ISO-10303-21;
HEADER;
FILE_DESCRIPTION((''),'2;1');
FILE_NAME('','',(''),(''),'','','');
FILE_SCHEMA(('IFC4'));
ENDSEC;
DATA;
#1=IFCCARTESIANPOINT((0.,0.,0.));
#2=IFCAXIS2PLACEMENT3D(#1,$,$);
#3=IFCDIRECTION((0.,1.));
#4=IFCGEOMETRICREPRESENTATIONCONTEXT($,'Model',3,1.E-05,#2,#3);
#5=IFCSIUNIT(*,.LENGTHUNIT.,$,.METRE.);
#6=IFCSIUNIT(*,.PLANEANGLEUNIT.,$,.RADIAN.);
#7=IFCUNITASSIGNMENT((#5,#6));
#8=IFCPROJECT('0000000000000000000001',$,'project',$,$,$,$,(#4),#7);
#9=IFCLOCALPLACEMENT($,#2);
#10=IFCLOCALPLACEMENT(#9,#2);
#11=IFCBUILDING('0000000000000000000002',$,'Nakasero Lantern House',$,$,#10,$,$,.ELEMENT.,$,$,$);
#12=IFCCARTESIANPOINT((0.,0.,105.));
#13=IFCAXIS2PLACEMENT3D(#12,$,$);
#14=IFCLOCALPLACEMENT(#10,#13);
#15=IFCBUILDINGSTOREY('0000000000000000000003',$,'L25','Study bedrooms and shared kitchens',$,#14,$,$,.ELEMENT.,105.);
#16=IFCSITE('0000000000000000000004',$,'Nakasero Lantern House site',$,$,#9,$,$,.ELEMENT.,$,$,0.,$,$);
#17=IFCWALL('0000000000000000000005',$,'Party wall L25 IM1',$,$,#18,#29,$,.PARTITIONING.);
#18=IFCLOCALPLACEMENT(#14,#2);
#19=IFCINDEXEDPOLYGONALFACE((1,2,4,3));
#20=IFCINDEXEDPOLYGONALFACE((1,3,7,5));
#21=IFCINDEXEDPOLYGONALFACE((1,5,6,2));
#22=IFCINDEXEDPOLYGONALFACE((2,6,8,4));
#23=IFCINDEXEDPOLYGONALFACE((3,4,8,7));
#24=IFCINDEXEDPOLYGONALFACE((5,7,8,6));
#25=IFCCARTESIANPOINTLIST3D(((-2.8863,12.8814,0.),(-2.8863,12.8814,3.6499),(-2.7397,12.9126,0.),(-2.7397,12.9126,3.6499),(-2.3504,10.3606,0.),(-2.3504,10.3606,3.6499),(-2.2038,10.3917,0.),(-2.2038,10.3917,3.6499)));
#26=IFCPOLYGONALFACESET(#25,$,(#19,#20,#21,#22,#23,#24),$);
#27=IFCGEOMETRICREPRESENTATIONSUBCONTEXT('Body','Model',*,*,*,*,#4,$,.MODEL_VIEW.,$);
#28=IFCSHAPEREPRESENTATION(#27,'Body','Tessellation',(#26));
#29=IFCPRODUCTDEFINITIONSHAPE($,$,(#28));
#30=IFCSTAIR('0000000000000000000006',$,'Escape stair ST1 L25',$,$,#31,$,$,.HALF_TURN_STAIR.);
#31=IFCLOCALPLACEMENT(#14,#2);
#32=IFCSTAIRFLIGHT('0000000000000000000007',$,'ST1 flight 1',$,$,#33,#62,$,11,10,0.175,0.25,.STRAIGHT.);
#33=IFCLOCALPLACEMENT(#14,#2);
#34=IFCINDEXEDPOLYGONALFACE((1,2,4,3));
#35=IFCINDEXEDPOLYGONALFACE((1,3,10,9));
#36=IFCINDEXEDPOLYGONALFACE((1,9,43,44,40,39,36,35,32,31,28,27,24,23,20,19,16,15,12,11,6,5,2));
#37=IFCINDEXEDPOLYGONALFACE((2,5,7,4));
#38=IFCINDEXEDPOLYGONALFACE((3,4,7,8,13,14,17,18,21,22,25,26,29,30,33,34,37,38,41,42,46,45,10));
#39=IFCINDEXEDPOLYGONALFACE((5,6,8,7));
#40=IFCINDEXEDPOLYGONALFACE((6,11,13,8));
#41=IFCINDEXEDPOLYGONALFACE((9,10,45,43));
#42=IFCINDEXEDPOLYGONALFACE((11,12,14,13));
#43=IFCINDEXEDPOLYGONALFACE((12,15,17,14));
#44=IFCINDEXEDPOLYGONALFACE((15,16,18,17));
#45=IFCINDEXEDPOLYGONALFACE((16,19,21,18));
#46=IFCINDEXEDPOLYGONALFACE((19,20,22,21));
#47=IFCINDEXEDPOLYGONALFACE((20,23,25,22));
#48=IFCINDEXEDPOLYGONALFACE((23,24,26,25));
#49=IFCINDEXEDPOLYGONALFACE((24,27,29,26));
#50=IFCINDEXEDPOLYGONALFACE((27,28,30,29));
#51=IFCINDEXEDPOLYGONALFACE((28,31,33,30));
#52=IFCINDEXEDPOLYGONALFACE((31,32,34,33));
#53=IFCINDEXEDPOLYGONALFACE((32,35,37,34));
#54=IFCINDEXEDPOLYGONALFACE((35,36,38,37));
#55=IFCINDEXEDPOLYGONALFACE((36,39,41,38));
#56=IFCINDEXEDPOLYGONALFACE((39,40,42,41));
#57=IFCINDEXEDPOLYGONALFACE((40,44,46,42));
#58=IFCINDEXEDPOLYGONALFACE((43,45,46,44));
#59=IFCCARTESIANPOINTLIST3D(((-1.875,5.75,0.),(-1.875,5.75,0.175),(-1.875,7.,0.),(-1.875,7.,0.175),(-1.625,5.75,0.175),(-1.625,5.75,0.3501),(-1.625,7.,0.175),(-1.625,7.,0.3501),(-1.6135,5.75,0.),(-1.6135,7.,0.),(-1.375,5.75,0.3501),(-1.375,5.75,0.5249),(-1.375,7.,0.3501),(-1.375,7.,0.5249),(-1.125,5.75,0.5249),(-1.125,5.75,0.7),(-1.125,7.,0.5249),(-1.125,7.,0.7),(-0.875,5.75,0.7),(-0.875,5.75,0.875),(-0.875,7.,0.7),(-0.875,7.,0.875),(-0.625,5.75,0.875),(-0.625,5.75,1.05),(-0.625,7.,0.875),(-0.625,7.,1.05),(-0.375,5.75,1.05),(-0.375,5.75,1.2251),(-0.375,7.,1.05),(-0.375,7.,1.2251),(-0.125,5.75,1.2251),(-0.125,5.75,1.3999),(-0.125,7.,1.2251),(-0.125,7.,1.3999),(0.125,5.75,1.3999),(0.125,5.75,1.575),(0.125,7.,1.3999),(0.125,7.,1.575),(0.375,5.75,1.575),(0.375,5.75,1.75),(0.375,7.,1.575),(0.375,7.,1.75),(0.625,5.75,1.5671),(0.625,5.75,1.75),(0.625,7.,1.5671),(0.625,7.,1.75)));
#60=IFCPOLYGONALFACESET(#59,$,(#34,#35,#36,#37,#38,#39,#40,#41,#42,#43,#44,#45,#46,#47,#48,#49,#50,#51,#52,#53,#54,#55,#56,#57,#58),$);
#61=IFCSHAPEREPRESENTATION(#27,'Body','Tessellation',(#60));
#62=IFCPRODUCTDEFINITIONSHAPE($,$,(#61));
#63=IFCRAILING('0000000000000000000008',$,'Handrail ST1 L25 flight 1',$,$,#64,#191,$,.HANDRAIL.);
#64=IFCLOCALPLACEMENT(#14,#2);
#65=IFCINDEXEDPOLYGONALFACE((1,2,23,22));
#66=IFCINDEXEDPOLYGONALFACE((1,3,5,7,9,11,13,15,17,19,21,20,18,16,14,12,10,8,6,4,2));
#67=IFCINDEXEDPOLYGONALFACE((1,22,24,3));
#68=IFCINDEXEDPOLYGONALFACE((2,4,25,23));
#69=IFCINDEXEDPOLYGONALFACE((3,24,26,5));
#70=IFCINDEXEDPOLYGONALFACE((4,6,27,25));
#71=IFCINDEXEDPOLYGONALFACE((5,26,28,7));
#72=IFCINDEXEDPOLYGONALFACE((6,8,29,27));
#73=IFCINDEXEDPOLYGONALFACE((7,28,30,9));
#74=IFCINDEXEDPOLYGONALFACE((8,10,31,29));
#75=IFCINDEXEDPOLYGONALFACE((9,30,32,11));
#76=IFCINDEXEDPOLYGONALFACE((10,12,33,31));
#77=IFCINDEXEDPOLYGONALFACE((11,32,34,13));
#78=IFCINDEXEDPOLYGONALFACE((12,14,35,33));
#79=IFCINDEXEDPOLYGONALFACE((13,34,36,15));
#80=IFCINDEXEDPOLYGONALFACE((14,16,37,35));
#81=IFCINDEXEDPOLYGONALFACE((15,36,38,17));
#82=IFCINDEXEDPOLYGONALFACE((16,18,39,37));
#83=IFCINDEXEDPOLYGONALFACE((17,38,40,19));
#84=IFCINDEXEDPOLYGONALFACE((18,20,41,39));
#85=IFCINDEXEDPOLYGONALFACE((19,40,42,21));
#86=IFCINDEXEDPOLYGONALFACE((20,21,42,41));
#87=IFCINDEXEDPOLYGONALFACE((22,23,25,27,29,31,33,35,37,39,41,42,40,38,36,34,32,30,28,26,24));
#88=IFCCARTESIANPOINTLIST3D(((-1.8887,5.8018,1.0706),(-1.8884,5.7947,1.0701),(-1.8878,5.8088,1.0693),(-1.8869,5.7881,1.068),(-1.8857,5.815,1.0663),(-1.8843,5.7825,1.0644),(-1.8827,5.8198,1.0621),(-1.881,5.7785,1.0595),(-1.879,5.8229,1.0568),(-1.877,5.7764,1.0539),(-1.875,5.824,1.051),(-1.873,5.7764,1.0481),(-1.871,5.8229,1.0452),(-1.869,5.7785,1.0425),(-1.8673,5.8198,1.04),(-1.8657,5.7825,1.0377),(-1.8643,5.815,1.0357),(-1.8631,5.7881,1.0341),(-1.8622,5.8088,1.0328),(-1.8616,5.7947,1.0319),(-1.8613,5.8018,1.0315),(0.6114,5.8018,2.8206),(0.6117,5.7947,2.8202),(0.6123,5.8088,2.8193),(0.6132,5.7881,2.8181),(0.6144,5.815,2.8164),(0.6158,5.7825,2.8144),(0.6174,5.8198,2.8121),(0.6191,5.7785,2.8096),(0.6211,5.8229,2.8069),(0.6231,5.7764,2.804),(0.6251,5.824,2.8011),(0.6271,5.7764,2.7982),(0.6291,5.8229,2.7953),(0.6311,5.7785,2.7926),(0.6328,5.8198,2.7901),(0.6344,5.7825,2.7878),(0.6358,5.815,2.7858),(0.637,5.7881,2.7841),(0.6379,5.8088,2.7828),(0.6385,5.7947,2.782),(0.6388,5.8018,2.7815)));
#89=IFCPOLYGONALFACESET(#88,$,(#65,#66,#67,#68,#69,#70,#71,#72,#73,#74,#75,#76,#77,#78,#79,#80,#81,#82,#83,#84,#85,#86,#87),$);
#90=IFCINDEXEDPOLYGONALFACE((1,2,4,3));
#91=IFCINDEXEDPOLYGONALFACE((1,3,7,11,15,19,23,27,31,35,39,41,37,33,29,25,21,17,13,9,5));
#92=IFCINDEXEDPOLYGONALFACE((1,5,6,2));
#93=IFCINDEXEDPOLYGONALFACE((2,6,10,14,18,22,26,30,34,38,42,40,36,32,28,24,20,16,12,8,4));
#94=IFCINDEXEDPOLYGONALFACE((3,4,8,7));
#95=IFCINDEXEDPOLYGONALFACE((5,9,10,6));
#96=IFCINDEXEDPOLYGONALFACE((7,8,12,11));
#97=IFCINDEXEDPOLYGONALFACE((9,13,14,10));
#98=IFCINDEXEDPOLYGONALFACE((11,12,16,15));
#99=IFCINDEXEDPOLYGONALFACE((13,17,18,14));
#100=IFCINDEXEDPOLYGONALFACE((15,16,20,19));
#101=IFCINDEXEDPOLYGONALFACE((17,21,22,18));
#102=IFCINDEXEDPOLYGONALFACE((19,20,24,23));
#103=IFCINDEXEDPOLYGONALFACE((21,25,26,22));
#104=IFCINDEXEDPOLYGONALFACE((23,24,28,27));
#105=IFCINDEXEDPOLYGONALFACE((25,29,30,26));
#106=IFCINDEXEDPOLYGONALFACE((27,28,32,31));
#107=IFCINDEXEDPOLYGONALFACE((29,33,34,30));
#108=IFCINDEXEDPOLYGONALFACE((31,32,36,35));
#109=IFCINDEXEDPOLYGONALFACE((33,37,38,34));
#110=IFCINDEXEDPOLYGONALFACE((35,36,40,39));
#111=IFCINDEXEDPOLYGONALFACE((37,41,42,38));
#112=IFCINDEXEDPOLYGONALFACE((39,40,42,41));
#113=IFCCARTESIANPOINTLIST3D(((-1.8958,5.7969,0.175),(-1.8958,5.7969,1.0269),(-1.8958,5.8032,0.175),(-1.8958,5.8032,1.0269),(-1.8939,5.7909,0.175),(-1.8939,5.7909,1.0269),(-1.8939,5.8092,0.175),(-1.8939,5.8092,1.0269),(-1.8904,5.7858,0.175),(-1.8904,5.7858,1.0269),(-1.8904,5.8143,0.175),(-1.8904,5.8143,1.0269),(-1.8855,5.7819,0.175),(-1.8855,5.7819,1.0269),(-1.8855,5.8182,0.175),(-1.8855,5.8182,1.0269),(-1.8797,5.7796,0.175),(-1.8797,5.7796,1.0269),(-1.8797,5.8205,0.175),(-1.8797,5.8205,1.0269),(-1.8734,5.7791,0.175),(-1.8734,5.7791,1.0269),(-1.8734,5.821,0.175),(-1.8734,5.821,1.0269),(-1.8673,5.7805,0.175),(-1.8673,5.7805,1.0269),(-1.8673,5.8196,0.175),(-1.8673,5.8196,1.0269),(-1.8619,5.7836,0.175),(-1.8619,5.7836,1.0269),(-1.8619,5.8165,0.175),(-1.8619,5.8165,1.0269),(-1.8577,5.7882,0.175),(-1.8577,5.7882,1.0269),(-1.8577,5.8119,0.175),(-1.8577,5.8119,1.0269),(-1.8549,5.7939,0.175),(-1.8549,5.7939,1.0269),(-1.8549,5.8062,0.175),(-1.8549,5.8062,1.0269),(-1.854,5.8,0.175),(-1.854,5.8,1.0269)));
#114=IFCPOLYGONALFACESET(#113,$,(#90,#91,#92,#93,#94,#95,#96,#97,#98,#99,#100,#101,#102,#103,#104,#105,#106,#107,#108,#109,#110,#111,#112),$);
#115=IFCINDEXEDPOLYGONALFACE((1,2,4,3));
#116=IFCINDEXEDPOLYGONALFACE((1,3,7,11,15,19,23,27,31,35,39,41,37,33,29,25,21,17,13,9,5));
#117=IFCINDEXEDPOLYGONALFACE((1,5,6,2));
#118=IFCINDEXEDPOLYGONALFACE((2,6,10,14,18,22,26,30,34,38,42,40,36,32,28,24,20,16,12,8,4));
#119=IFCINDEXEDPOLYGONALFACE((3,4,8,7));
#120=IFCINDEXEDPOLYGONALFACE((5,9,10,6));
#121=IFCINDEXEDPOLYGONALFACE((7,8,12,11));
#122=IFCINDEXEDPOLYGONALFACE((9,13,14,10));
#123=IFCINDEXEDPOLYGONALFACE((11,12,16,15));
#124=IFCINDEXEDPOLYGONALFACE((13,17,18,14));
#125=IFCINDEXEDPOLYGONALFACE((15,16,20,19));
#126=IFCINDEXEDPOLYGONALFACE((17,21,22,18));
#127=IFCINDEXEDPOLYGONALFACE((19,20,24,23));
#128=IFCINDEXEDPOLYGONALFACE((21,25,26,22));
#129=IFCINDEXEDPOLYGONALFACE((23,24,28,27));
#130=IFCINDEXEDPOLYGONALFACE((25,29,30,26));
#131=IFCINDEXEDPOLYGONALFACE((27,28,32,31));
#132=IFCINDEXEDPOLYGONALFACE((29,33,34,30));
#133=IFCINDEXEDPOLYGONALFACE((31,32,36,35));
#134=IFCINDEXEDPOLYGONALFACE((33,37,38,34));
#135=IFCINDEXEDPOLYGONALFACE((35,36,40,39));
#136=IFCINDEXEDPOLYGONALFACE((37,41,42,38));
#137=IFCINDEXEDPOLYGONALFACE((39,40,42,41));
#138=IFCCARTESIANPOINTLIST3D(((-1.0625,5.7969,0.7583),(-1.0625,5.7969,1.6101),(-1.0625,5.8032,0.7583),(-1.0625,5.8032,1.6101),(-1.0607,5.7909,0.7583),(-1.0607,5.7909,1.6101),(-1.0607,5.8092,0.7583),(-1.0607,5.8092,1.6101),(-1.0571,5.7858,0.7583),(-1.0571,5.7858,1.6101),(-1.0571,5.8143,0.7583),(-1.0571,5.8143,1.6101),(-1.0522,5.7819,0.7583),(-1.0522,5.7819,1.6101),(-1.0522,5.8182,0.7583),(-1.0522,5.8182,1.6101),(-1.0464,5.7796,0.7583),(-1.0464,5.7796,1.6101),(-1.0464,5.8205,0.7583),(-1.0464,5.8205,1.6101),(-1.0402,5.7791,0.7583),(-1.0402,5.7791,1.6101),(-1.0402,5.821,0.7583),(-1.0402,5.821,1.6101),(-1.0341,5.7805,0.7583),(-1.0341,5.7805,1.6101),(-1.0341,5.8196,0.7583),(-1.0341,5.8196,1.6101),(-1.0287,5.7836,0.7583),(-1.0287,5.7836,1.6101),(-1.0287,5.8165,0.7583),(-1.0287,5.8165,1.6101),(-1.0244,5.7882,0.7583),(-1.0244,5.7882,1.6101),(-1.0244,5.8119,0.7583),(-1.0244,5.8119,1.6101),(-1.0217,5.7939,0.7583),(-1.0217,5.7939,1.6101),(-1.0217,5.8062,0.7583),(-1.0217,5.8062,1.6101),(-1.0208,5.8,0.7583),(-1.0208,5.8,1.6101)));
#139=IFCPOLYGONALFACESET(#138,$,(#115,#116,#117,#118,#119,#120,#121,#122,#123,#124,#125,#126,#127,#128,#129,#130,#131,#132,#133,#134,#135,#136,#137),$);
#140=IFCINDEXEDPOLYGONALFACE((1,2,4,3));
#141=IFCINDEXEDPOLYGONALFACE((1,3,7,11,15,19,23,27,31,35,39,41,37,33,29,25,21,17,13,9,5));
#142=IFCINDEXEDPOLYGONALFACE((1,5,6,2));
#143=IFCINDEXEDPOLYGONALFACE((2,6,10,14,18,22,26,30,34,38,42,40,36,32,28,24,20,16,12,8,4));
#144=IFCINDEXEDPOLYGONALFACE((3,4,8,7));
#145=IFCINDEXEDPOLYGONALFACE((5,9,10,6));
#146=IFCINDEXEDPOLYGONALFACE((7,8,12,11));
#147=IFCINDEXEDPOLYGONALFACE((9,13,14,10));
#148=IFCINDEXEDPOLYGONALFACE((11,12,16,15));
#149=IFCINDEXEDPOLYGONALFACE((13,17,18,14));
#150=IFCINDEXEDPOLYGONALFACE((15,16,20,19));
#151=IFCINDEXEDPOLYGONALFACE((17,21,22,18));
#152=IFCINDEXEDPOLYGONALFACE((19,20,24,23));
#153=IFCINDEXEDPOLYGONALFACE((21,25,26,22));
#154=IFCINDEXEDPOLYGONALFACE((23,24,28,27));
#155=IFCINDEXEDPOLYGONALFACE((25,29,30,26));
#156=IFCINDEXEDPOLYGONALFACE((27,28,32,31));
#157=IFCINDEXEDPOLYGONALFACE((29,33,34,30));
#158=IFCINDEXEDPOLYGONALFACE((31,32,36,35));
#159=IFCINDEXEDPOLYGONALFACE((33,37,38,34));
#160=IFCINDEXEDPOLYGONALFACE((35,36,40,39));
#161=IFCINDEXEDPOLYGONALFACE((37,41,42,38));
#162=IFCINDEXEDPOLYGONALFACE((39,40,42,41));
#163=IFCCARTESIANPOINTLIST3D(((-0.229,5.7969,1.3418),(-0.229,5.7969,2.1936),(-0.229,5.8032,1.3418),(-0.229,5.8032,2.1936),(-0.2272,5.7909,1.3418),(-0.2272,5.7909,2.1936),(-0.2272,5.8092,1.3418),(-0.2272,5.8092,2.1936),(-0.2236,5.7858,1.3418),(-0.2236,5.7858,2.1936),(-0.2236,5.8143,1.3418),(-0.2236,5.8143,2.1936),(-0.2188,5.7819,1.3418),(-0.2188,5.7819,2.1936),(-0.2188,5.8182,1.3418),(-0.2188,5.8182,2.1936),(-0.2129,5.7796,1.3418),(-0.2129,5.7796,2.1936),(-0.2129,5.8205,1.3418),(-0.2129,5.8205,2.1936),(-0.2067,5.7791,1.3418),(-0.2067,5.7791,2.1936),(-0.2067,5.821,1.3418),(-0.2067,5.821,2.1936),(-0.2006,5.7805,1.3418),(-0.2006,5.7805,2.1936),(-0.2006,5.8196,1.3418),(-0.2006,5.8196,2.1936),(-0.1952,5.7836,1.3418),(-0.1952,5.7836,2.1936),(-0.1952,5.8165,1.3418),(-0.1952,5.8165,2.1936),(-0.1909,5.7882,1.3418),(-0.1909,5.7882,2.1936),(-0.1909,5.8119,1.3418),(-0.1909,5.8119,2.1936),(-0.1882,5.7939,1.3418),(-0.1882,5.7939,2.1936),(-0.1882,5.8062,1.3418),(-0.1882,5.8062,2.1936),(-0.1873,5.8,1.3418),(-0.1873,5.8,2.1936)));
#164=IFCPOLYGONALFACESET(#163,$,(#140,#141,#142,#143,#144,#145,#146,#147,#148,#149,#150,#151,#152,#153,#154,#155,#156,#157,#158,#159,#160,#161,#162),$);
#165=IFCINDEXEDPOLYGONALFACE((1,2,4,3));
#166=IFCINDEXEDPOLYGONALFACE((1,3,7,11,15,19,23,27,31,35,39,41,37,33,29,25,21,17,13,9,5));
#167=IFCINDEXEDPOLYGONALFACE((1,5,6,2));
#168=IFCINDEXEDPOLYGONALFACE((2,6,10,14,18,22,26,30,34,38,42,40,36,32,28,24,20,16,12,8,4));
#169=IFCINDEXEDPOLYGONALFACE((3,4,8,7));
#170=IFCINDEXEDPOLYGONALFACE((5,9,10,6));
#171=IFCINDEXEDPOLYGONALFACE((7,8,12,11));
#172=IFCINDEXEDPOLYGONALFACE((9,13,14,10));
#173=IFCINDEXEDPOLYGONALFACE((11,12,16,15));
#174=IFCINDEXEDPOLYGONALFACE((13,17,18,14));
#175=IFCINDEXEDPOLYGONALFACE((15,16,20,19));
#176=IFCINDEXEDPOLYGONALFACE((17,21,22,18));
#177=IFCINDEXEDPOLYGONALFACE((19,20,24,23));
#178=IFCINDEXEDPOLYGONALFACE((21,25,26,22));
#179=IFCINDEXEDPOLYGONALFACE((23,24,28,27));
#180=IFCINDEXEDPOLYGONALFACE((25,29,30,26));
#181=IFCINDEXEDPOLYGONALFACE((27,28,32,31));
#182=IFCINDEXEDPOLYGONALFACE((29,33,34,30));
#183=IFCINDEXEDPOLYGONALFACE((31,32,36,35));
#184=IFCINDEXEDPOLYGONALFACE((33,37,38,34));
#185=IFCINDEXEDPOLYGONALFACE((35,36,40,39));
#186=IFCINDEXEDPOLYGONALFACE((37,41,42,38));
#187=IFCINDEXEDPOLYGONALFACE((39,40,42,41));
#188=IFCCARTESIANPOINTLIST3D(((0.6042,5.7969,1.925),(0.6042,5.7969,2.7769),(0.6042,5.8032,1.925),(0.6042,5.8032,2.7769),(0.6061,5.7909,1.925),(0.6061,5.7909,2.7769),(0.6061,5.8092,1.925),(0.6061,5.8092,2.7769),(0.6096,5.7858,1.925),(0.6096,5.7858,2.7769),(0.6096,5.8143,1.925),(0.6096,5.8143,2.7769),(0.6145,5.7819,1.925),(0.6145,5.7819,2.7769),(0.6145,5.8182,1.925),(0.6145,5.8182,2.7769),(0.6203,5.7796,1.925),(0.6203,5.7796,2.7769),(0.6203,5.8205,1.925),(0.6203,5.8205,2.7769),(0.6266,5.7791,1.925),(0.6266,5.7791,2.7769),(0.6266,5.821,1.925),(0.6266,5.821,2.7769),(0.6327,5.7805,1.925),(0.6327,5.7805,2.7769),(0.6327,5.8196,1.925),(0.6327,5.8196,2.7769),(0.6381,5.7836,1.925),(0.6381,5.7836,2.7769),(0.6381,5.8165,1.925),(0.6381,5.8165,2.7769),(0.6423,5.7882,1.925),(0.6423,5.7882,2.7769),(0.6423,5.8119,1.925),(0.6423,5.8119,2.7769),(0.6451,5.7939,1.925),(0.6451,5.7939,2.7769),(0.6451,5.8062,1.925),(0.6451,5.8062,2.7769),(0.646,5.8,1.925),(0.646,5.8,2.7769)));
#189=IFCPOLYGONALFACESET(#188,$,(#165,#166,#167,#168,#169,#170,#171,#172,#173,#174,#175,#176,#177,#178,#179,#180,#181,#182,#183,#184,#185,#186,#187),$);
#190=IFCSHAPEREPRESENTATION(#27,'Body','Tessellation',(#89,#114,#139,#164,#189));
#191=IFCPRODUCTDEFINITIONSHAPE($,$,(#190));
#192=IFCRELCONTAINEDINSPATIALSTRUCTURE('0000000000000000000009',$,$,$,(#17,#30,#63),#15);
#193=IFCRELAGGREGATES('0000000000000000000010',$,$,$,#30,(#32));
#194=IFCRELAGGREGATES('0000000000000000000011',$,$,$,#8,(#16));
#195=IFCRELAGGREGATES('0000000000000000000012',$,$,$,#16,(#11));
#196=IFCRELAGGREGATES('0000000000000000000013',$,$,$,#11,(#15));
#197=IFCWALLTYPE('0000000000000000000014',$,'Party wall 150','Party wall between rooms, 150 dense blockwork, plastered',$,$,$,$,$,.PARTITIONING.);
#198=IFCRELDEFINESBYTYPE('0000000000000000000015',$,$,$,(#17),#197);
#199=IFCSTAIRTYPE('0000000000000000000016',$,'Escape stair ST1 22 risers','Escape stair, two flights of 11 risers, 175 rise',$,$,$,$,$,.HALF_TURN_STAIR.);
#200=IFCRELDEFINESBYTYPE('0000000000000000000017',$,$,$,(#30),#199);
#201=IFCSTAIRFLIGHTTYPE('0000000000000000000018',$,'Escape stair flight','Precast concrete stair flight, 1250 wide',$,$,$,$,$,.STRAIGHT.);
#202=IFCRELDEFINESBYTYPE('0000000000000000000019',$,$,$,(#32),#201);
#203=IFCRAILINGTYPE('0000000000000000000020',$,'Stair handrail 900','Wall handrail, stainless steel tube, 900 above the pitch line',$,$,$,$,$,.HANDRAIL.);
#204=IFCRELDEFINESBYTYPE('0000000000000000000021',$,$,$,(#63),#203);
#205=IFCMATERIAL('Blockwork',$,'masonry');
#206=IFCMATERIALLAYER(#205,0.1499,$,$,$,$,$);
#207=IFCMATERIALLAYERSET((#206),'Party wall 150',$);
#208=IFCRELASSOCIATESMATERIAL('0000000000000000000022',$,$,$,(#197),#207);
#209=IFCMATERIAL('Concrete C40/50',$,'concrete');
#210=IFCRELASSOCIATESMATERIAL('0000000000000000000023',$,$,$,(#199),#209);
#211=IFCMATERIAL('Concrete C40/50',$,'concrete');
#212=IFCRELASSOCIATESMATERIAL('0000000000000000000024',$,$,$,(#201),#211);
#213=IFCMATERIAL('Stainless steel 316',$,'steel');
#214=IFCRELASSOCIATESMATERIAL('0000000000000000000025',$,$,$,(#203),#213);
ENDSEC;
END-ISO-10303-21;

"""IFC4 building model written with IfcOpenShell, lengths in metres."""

from ifc_helpers import new_model, si_unit, direction, frame, frame_2d, origin, origin_2d, place, context, subcontext, project, spatial, polyline, rectangle, circle, outline, extrude, material, layer, layer_set, type_object, element, aggregate, save


model = new_model("IFC4")

# Units and contexts
model_context = context("Model", 3, precision=1e-05, world=origin(), true_north=direction((0.0, 1.0)))
body_context = subcontext(model_context, "Body", "Model", "MODEL_VIEW")
ifc_project = project(units=[si_unit("LENGTHUNIT", "METRE"), si_unit("PLANEANGLEUNIT", "RADIAN")], contexts=[model_context])

# Site, building, storey
site_placement = place(None, origin())
site = spatial("IfcSite", under=ifc_project, at=site_placement, Name="Nakasero Lantern House site", CompositionType="ELEMENT", RefElevation=0.0)
building_placement = place(site_placement, origin())
building = spatial("IfcBuilding", under=site, at=building_placement, Name="Nakasero Lantern House", CompositionType="ELEMENT")
storey_placement = place(building_placement, frame((0.0, 0.0, 105.0)))
storey = spatial("IfcBuildingStorey", under=building, at=storey_placement, Name="L25", Description="Study bedrooms and shared kitchens", CompositionType="ELEMENT", Elevation=105.0)

# Wall
ifc_material_1 = material(Name="Blockwork", Category="masonry")
ifc_layer_1 = layer(ifc_material_1, 0.1499)
ifc_layer_set_1 = layer_set([ifc_layer_1], Name="Party wall 150")
wall_type_1 = type_object("IfcWallType", Name="Party wall 150", Description="Party wall between rooms, 150 dense blockwork, plastered", PredefinedType="PARTITIONING", material=ifc_layer_set_1)
wall_1_placement = place(storey_placement, frame((-2.813, 12.897, 0.0), z_axis=(0.0, 0.0, 1.0), x_axis=(0.207944, -0.978141, 0.0)))
element("IfcWall", 1, at=wall_1_placement, inside=storey, type_object=wall_type_1, Name="Party wall L25 IM1", PredefinedType="PARTITIONING", context=body_context, shape_type="SweptSolid", body=[
    extrude(rectangle(XDim=2.5771, YDim=0.1499, at=frame_2d((1.2886, 0.0))), origin(), (0.0, 0.0, 1.0), 3.6499),
])

# Stair, stair flight
ifc_material_2 = material(Name="Concrete C40/50", Category="concrete")
stair_type = type_object("IfcStairType", Name="Escape stair ST1 22 risers", Description="Escape stair, two flights of 11 risers, 175 rise", PredefinedType="HALF_TURN_STAIR", material=ifc_material_2)
stair_placement = place(storey_placement, origin())
stair = element("IfcStair", 2, at=stair_placement, inside=storey, type_object=stair_type, Name="Escape stair ST1 L25", PredefinedType="HALF_TURN_STAIR")
ifc_material_3 = material(Name="Concrete C40/50", Category="concrete")
stair_flight_type = type_object("IfcStairFlightType", Name="Escape stair flight", Description="Precast concrete stair flight, 1250 wide", PredefinedType="STRAIGHT", material=ifc_material_3)
stair_flight_placement = place(storey_placement, frame((-1.875, 6.375, 0.0), z_axis=(0.0, 0.0, 1.0), x_axis=(1.0, 0.0, 0.0)))
stair_flight = element("IfcStairFlight", 3, at=stair_flight_placement, type_object=stair_flight_type, Name="ST1 flight 1", NumberOfRisers=11, NumberOfTreads=10, PredefinedType="STRAIGHT", RiserHeight=0.175, TreadLength=0.25, context=body_context, shape_type="SweptSolid", body=[
    extrude(outline(polyline([(0.0, 0.0), (0.0, 0.175), (0.25, 0.175), (0.25, 0.3501), (0.5, 0.3501), (0.5, 0.5249), (0.75, 0.5249), (0.75, 0.7), (1.0, 0.7), (1.0, 0.875), (1.25, 0.875), (1.25, 1.05), (1.5, 1.05), (1.5, 1.2251), (1.75, 1.2251), (1.75, 1.3999), (2.0, 1.3999), (2.0, 1.575), (2.25, 1.575), (2.25, 1.75), (2.5, 1.75), (2.5, 1.925), (2.5, 1.5671), (0.2615, 0.0), (0.0, 0.0)])), frame((0.0, 0.625, 0.0), z_axis=(0.0, -1.0, 0.0), x_axis=(1.0, 0.0, 0.0)), (0.0, 0.0, 1.0), 1.25),
])
aggregate(stair, [stair_flight])

# Railing
ifc_material_4 = material(Name="Stainless steel 316", Category="steel")
railing_type = type_object("IfcRailingType", Name="Stair handrail 900", Description="Wall handrail, stainless steel tube, 900 above the pitch line", PredefinedType="HANDRAIL", material=ifc_material_4)
railing_placement = place(storey_placement, frame((-1.875, 5.8, 0.175)))
element("IfcRailing", 4, at=railing_placement, inside=storey, type_object=railing_type, Name="Handrail ST1 L25 flight 1", PredefinedType="HANDRAIL", context=body_context, shape_type="SweptSolid", body=[
    extrude(circle(Radius=0.0239, at=origin_2d()), frame((0.0, 0.0, 0.876), z_axis=(0.819232, 0.0, 0.573462), x_axis=(0.0, 1.0, 0.0)), (0.0, 0.0, 1.0), 3.0518),
    extrude(circle(Radius=0.021, at=origin_2d()), origin(), (0.0, 0.0, 1.0), 0.8518),
    extrude(circle(Radius=0.021, at=origin_2d()), frame((0.8333, 0.0, 0.5833)), (0.0, 0.0, 1.0), 0.8518),
    extrude(circle(Radius=0.021, at=origin_2d()), frame((1.6667, 0.0, 1.1667)), (0.0, 0.0, 1.0), 0.8518),
    extrude(circle(Radius=0.021, at=origin_2d()), frame((2.5, 0.0, 1.75)), (0.0, 0.0, 1.0), 0.8518),
])

save(model, "model.ifc")
